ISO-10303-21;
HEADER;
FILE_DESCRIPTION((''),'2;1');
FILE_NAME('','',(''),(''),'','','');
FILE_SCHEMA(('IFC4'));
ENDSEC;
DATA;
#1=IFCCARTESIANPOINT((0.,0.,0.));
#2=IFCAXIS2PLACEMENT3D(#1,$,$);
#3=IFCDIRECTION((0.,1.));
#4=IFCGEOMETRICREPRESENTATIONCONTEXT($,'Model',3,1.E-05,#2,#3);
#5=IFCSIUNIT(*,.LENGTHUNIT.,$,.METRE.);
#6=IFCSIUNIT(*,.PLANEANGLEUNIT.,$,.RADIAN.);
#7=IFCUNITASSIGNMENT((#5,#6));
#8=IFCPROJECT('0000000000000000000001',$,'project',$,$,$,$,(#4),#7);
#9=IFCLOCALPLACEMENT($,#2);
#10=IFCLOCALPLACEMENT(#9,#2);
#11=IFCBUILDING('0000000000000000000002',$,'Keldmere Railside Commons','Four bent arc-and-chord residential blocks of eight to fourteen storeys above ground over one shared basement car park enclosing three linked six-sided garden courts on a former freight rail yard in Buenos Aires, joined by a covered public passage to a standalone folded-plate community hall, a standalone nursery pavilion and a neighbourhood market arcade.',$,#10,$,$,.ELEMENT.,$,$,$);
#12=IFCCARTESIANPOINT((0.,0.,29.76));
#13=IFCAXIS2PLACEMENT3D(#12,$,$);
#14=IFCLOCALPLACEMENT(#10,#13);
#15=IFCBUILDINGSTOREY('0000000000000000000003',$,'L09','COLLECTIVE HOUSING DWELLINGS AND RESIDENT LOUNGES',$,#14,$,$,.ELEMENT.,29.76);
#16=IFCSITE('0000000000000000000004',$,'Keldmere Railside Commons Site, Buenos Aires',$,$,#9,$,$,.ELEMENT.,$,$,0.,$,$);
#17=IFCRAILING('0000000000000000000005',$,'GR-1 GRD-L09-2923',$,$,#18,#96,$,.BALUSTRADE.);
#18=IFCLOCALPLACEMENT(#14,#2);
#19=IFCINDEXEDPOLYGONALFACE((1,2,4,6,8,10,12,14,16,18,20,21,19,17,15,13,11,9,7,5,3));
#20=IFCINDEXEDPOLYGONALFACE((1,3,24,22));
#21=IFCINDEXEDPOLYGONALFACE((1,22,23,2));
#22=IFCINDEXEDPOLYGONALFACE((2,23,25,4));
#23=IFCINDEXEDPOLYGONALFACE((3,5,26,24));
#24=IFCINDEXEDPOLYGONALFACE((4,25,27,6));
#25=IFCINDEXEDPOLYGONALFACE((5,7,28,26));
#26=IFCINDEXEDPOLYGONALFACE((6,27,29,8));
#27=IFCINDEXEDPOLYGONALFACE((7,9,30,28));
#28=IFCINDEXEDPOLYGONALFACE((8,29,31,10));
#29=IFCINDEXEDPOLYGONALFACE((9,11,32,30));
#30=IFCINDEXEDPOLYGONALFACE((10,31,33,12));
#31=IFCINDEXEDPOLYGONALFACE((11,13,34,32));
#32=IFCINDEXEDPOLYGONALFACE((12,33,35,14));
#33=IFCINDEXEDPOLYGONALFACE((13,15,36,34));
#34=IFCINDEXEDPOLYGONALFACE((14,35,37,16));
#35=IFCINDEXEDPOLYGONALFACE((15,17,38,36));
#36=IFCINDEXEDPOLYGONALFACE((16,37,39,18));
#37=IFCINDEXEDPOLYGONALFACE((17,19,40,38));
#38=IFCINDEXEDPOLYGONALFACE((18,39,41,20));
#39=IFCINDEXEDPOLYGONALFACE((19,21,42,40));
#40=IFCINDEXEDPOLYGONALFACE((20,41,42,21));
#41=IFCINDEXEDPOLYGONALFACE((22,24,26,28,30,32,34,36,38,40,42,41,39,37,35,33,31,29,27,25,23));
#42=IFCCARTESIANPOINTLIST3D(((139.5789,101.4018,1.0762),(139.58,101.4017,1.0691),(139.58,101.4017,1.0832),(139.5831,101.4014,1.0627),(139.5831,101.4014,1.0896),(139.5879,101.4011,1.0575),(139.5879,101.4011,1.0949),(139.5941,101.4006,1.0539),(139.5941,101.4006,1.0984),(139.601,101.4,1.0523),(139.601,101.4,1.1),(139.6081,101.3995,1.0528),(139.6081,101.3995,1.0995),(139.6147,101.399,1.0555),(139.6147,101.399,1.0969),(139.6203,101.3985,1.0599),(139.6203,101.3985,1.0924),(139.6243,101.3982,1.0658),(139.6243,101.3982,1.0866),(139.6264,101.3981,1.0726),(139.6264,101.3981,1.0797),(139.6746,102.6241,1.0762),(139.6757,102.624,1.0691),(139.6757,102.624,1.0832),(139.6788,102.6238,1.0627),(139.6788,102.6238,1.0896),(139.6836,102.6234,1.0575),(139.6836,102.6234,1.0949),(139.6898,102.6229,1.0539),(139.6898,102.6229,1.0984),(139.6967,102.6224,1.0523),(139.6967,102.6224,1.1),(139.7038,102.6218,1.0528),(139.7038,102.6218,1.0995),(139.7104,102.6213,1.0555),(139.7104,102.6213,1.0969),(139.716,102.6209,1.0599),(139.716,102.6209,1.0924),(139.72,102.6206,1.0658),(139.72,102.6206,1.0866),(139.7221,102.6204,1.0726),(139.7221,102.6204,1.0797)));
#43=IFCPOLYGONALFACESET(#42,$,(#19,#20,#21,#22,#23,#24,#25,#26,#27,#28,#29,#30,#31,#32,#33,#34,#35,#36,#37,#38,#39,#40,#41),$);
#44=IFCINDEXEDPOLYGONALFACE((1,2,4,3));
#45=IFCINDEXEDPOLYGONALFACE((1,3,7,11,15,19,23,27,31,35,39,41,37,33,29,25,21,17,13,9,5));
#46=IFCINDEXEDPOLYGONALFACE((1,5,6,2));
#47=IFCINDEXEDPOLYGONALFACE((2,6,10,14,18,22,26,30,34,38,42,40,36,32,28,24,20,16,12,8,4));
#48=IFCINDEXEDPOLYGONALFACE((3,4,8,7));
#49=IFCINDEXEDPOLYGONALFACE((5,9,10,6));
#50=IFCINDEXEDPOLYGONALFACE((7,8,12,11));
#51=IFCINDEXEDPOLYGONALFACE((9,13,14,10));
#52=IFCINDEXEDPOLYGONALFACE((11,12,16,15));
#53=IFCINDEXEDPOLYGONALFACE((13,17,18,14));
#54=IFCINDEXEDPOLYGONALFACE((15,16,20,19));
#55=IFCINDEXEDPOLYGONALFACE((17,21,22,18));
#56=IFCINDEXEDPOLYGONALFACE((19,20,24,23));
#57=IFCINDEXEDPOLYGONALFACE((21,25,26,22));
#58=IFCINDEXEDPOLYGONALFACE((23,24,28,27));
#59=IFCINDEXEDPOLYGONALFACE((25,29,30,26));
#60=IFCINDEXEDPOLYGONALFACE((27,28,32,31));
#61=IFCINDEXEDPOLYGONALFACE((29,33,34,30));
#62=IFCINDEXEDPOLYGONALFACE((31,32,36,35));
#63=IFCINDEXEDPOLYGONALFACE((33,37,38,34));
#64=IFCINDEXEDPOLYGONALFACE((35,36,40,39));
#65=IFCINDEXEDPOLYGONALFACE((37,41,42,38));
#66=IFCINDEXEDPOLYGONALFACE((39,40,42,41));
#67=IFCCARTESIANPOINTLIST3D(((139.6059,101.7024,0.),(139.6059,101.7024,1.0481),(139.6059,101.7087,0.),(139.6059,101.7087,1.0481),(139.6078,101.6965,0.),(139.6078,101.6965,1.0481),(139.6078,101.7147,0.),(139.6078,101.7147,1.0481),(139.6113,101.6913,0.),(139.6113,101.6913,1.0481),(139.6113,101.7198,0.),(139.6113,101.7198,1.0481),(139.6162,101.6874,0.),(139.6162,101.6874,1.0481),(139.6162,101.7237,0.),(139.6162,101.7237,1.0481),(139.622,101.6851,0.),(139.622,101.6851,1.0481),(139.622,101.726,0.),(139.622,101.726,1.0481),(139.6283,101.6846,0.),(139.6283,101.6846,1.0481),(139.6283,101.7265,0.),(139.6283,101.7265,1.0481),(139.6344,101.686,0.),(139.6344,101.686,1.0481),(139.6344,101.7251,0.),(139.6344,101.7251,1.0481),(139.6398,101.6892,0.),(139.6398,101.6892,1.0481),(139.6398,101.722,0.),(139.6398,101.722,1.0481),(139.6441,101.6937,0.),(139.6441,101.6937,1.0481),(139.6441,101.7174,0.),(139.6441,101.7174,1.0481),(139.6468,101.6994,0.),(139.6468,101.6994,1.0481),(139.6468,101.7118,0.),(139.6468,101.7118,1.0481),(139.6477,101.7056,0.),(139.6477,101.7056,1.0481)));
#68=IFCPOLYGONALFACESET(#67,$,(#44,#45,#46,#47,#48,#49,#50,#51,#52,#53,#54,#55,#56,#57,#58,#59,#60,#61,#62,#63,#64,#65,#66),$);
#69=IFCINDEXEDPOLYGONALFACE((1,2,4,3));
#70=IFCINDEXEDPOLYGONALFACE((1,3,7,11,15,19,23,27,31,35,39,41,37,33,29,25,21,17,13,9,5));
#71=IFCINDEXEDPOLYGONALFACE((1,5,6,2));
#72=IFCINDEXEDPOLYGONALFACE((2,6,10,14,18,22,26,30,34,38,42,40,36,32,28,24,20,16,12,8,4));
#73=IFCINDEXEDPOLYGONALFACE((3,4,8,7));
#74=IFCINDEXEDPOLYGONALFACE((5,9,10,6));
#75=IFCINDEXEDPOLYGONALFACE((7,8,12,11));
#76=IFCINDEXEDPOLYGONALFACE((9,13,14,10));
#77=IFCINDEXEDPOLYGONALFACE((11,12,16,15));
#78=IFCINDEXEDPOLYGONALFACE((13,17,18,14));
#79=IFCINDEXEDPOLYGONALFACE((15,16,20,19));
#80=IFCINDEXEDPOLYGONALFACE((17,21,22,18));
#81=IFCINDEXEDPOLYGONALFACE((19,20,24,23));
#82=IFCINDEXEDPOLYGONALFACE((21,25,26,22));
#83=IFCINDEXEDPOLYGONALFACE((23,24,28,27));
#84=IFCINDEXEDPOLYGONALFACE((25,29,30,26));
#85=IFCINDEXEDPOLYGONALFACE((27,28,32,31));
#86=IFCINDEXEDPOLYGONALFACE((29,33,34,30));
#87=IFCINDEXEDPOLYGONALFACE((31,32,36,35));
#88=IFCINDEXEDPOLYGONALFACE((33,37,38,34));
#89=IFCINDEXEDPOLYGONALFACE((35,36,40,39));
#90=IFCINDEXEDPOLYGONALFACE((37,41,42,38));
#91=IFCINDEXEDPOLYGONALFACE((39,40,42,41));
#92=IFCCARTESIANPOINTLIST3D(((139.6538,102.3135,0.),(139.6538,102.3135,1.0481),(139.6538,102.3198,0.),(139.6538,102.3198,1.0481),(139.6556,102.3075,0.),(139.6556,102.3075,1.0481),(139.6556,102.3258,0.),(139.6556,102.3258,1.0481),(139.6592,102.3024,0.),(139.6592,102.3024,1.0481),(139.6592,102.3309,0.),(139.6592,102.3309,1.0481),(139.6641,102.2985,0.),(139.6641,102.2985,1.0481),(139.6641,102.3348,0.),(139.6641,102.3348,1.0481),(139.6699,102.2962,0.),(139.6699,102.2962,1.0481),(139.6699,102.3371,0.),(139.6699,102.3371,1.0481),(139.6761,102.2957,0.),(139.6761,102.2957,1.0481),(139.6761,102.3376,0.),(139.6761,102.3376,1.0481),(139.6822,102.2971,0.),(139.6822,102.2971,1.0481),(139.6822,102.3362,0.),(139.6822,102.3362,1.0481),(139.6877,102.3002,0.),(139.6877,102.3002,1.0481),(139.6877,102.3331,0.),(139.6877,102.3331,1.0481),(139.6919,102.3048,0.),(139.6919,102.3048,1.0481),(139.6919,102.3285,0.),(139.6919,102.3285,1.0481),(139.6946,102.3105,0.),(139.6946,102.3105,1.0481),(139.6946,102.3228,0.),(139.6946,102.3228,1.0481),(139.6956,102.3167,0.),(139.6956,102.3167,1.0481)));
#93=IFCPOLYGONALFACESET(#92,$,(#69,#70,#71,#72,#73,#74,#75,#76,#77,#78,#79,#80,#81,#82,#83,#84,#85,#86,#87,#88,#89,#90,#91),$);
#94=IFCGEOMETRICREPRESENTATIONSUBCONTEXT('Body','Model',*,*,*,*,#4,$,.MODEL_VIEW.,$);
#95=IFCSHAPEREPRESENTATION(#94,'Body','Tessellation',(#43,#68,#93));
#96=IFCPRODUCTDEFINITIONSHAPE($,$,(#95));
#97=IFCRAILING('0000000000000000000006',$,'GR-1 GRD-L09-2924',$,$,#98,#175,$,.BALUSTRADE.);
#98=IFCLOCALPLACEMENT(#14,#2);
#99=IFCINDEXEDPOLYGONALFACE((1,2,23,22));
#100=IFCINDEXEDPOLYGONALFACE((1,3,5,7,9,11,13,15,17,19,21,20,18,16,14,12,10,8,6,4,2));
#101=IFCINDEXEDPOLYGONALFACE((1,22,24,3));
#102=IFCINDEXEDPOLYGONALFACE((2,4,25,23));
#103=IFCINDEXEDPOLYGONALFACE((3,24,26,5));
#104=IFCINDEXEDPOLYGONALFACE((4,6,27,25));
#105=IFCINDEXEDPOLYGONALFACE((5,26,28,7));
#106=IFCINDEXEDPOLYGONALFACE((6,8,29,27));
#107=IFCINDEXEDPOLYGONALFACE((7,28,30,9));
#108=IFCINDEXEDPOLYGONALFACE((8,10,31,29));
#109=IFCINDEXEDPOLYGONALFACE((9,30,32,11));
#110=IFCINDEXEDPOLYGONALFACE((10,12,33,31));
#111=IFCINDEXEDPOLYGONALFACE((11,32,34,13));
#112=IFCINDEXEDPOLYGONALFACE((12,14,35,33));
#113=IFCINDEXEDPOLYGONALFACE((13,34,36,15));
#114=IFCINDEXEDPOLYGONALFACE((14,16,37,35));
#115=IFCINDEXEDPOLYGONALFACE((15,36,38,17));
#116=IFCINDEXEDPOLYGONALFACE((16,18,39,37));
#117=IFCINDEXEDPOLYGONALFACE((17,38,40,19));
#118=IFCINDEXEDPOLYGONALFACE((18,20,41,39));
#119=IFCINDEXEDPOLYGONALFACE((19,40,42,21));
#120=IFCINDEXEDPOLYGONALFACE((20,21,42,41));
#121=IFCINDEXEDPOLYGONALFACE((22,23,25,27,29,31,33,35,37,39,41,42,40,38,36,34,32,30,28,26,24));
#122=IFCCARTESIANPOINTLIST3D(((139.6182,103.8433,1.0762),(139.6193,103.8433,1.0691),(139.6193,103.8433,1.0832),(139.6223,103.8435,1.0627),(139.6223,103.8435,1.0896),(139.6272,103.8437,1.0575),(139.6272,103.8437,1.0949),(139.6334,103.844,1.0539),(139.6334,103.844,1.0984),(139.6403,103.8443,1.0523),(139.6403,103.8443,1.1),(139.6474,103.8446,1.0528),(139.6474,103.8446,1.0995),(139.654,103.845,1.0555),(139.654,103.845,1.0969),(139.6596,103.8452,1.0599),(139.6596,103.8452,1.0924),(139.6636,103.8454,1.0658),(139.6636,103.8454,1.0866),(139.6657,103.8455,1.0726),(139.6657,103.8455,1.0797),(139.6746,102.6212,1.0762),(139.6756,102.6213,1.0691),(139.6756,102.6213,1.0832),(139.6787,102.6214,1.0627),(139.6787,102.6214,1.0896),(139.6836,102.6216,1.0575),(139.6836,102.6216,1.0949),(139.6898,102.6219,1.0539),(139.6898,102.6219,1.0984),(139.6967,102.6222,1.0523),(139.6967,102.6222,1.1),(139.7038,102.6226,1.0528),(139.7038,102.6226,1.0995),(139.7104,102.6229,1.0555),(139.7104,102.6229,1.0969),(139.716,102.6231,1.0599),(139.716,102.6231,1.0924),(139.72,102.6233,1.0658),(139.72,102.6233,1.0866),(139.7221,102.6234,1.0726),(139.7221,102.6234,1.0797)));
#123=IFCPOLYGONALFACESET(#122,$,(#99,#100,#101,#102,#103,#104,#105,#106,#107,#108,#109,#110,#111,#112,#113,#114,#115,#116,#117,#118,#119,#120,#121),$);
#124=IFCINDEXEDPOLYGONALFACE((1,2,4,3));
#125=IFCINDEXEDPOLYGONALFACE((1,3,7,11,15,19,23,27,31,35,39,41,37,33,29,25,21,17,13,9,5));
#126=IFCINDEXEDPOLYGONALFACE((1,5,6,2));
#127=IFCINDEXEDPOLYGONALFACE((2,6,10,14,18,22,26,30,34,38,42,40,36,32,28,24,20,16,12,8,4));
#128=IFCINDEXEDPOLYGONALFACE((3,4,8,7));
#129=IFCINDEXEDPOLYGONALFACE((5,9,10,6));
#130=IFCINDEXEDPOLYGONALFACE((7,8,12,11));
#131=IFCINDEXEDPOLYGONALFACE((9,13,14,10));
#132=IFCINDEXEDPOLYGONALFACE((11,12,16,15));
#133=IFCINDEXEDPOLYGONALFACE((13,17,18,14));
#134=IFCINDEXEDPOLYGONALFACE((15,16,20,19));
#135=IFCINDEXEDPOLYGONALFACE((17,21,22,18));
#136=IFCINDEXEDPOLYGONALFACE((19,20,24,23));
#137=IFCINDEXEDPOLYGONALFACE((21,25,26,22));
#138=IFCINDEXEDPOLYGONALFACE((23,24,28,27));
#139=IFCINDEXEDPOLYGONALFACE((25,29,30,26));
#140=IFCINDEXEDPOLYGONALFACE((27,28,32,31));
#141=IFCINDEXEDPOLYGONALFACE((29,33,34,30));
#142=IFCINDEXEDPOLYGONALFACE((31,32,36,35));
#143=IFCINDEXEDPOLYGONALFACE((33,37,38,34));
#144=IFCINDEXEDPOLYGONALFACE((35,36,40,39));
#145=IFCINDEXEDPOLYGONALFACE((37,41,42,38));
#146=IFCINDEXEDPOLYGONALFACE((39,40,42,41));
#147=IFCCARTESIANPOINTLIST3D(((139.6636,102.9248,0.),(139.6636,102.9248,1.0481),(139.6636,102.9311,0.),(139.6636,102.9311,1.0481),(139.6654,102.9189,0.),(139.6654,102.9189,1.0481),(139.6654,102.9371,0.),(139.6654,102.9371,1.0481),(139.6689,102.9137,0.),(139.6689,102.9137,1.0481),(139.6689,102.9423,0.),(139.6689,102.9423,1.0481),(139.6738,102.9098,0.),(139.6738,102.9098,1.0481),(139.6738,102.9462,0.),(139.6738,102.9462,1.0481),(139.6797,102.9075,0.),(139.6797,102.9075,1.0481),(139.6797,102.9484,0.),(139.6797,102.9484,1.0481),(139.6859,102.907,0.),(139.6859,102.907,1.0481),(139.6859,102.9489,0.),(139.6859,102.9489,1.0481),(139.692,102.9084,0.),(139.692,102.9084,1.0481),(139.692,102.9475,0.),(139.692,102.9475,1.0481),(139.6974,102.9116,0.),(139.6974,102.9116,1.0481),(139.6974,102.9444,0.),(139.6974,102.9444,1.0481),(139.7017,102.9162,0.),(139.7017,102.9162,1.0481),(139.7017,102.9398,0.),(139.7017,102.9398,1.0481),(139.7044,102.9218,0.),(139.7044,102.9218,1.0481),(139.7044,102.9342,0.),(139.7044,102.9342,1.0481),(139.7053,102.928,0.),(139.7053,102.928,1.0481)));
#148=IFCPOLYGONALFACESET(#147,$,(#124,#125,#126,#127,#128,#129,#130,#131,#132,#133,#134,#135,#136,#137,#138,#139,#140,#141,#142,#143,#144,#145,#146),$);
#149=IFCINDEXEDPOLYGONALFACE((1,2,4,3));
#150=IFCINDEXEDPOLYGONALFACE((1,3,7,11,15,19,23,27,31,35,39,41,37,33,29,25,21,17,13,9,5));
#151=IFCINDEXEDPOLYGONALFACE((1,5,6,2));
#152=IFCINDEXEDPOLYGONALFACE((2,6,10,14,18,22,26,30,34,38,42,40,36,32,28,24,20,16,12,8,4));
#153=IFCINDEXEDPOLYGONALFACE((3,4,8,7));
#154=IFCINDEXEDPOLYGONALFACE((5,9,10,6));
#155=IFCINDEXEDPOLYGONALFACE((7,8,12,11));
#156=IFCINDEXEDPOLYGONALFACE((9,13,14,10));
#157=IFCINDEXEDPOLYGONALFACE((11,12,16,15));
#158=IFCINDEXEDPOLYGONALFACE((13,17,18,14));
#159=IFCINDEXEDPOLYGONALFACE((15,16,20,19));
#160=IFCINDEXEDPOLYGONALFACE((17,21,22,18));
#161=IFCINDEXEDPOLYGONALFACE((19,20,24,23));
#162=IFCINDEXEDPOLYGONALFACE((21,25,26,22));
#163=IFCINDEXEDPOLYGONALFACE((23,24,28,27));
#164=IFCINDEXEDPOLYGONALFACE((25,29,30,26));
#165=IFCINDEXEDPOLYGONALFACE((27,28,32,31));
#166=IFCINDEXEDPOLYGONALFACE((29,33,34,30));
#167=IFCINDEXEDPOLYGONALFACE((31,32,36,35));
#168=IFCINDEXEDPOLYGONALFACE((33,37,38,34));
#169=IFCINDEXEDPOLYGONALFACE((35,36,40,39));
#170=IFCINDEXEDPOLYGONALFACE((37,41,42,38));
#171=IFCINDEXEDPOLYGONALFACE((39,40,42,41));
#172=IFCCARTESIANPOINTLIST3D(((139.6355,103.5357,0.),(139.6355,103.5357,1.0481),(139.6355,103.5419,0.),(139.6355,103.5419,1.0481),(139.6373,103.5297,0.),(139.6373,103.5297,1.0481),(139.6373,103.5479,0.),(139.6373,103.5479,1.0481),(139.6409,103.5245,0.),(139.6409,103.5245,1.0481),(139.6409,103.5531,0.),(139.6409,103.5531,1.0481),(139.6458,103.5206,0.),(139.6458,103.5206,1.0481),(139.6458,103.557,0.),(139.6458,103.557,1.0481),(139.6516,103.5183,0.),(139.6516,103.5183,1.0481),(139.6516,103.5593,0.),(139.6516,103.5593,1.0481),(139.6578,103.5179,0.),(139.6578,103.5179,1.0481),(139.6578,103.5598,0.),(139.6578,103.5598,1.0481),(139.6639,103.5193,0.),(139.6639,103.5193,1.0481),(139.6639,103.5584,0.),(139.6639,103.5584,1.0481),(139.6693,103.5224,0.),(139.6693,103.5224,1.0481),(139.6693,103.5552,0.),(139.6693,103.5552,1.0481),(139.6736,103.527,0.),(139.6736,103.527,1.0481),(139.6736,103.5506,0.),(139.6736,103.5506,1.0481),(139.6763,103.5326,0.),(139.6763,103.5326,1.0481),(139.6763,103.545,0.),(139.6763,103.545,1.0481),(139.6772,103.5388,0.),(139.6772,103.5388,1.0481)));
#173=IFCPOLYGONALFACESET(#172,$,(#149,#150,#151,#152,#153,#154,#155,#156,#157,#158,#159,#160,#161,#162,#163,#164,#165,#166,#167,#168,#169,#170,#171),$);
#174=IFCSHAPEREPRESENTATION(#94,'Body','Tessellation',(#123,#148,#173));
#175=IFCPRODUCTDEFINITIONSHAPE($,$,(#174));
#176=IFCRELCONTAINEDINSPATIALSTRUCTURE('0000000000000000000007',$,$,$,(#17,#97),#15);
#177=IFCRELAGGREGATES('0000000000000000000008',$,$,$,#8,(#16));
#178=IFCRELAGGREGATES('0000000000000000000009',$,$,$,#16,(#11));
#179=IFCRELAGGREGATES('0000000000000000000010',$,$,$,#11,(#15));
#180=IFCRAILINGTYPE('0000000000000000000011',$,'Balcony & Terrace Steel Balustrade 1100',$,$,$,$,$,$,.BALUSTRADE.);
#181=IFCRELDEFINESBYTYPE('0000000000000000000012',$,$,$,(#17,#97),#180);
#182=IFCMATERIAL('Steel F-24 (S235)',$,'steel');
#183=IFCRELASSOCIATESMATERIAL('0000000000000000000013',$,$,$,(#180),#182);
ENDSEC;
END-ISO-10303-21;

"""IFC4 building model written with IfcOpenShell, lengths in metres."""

from ifc_helpers import new_model, si_unit, direction, frame, origin, origin_2d, place, context, subcontext, project, spatial, circle, extrude, material, type_object, element, save


model = new_model("IFC4")

# Units and contexts
model_context = context("Model", 3, precision=1e-05, world=origin(), true_north=direction((0.0, 1.0)))
body_context = subcontext(model_context, "Body", "Model", "MODEL_VIEW")
ifc_project = project(units=[si_unit("LENGTHUNIT", "METRE"), si_unit("PLANEANGLEUNIT", "RADIAN")], contexts=[model_context])

# Site, building, storey
site_placement = place(None, origin())
site = spatial("IfcSite", under=ifc_project, at=site_placement, Name="Keldmere Railside Commons Site, Buenos Aires", CompositionType="ELEMENT", RefElevation=0.0)
building_placement = place(site_placement, origin())
building = spatial("IfcBuilding", under=site, at=building_placement, Name="Keldmere Railside Commons", Description="Four bent arc-and-chord residential blocks of eight to fourteen storeys above ground over one shared basement car park enclosing three linked six-sided garden courts on a former freight rail yard in Buenos Aires, joined by a covered public passage to a standalone folded-plate community hall, a standalone nursery pavilion and a neighbourhood market arcade.", CompositionType="ELEMENT")
storey_placement = place(building_placement, frame((0.0, 0.0, 29.76)))
storey = spatial("IfcBuildingStorey", under=building, at=storey_placement, Name="L09", Description="COLLECTIVE HOUSING DWELLINGS AND RESIDENT LOUNGES", CompositionType="ELEMENT", Elevation=29.76)

# Shared definitions
ifc_material_1 = material(Name="Steel F-24 (S235)", Category="steel")

# Railings
railing_type = type_object("IfcRailingType", Name="Balcony & Terrace Steel Balustrade 1100", PredefinedType="BALUSTRADE", material=ifc_material_1)
railing_1_placement = place(storey_placement, frame((139.6028, 101.3999, 0.0)))
element("IfcRailing", 1, at=railing_1_placement, inside=storey, type_object=railing_type, Name="GR-1 GRD-L09-2923", PredefinedType="BALUSTRADE", context=body_context, shape_type="SweptSolid", body=[
    extrude(circle(Radius=0.0239, at=origin_2d()), frame((0.0, 0.0, 1.0762), z_axis=(0.078052, 0.996949, 0.0), x_axis=(-0.996949, 0.078052, 0.0)), (0.0, 0.0, 1.0), 1.2261),
    extrude(circle(Radius=0.021, at=origin_2d()), frame((0.0239, 0.3057, 0.0)), (0.0, 0.0, 1.0), 1.0481),
    extrude(circle(Radius=0.021, at=origin_2d()), frame((0.0718, 0.9167, 0.0)), (0.0, 0.0, 1.0), 1.0481),
])
railing_2_placement = place(storey_placement, frame((139.6985, 102.6223, 0.0)))
element("IfcRailing", 2, at=railing_2_placement, inside=storey, type_object=railing_type, Name="GR-1 GRD-L09-2924", PredefinedType="BALUSTRADE", context=body_context, shape_type="SweptSolid", body=[
    extrude(circle(Radius=0.0239, at=origin_2d()), frame((0.0, 0.0, 1.0762), z_axis=(-0.046096, 0.998937, 0.0), x_axis=(-0.998937, -0.046096, 0.0)), (0.0, 0.0, 1.0), 1.2234),
    extrude(circle(Radius=0.021, at=origin_2d()), frame((-0.0142, 0.3057, 0.0)), (0.0, 0.0, 1.0), 1.0481),
    extrude(circle(Radius=0.021, at=origin_2d()), frame((-0.0422, 0.9165, 0.0)), (0.0, 0.0, 1.0), 1.0481),
])

save(model, "model.ifc")
